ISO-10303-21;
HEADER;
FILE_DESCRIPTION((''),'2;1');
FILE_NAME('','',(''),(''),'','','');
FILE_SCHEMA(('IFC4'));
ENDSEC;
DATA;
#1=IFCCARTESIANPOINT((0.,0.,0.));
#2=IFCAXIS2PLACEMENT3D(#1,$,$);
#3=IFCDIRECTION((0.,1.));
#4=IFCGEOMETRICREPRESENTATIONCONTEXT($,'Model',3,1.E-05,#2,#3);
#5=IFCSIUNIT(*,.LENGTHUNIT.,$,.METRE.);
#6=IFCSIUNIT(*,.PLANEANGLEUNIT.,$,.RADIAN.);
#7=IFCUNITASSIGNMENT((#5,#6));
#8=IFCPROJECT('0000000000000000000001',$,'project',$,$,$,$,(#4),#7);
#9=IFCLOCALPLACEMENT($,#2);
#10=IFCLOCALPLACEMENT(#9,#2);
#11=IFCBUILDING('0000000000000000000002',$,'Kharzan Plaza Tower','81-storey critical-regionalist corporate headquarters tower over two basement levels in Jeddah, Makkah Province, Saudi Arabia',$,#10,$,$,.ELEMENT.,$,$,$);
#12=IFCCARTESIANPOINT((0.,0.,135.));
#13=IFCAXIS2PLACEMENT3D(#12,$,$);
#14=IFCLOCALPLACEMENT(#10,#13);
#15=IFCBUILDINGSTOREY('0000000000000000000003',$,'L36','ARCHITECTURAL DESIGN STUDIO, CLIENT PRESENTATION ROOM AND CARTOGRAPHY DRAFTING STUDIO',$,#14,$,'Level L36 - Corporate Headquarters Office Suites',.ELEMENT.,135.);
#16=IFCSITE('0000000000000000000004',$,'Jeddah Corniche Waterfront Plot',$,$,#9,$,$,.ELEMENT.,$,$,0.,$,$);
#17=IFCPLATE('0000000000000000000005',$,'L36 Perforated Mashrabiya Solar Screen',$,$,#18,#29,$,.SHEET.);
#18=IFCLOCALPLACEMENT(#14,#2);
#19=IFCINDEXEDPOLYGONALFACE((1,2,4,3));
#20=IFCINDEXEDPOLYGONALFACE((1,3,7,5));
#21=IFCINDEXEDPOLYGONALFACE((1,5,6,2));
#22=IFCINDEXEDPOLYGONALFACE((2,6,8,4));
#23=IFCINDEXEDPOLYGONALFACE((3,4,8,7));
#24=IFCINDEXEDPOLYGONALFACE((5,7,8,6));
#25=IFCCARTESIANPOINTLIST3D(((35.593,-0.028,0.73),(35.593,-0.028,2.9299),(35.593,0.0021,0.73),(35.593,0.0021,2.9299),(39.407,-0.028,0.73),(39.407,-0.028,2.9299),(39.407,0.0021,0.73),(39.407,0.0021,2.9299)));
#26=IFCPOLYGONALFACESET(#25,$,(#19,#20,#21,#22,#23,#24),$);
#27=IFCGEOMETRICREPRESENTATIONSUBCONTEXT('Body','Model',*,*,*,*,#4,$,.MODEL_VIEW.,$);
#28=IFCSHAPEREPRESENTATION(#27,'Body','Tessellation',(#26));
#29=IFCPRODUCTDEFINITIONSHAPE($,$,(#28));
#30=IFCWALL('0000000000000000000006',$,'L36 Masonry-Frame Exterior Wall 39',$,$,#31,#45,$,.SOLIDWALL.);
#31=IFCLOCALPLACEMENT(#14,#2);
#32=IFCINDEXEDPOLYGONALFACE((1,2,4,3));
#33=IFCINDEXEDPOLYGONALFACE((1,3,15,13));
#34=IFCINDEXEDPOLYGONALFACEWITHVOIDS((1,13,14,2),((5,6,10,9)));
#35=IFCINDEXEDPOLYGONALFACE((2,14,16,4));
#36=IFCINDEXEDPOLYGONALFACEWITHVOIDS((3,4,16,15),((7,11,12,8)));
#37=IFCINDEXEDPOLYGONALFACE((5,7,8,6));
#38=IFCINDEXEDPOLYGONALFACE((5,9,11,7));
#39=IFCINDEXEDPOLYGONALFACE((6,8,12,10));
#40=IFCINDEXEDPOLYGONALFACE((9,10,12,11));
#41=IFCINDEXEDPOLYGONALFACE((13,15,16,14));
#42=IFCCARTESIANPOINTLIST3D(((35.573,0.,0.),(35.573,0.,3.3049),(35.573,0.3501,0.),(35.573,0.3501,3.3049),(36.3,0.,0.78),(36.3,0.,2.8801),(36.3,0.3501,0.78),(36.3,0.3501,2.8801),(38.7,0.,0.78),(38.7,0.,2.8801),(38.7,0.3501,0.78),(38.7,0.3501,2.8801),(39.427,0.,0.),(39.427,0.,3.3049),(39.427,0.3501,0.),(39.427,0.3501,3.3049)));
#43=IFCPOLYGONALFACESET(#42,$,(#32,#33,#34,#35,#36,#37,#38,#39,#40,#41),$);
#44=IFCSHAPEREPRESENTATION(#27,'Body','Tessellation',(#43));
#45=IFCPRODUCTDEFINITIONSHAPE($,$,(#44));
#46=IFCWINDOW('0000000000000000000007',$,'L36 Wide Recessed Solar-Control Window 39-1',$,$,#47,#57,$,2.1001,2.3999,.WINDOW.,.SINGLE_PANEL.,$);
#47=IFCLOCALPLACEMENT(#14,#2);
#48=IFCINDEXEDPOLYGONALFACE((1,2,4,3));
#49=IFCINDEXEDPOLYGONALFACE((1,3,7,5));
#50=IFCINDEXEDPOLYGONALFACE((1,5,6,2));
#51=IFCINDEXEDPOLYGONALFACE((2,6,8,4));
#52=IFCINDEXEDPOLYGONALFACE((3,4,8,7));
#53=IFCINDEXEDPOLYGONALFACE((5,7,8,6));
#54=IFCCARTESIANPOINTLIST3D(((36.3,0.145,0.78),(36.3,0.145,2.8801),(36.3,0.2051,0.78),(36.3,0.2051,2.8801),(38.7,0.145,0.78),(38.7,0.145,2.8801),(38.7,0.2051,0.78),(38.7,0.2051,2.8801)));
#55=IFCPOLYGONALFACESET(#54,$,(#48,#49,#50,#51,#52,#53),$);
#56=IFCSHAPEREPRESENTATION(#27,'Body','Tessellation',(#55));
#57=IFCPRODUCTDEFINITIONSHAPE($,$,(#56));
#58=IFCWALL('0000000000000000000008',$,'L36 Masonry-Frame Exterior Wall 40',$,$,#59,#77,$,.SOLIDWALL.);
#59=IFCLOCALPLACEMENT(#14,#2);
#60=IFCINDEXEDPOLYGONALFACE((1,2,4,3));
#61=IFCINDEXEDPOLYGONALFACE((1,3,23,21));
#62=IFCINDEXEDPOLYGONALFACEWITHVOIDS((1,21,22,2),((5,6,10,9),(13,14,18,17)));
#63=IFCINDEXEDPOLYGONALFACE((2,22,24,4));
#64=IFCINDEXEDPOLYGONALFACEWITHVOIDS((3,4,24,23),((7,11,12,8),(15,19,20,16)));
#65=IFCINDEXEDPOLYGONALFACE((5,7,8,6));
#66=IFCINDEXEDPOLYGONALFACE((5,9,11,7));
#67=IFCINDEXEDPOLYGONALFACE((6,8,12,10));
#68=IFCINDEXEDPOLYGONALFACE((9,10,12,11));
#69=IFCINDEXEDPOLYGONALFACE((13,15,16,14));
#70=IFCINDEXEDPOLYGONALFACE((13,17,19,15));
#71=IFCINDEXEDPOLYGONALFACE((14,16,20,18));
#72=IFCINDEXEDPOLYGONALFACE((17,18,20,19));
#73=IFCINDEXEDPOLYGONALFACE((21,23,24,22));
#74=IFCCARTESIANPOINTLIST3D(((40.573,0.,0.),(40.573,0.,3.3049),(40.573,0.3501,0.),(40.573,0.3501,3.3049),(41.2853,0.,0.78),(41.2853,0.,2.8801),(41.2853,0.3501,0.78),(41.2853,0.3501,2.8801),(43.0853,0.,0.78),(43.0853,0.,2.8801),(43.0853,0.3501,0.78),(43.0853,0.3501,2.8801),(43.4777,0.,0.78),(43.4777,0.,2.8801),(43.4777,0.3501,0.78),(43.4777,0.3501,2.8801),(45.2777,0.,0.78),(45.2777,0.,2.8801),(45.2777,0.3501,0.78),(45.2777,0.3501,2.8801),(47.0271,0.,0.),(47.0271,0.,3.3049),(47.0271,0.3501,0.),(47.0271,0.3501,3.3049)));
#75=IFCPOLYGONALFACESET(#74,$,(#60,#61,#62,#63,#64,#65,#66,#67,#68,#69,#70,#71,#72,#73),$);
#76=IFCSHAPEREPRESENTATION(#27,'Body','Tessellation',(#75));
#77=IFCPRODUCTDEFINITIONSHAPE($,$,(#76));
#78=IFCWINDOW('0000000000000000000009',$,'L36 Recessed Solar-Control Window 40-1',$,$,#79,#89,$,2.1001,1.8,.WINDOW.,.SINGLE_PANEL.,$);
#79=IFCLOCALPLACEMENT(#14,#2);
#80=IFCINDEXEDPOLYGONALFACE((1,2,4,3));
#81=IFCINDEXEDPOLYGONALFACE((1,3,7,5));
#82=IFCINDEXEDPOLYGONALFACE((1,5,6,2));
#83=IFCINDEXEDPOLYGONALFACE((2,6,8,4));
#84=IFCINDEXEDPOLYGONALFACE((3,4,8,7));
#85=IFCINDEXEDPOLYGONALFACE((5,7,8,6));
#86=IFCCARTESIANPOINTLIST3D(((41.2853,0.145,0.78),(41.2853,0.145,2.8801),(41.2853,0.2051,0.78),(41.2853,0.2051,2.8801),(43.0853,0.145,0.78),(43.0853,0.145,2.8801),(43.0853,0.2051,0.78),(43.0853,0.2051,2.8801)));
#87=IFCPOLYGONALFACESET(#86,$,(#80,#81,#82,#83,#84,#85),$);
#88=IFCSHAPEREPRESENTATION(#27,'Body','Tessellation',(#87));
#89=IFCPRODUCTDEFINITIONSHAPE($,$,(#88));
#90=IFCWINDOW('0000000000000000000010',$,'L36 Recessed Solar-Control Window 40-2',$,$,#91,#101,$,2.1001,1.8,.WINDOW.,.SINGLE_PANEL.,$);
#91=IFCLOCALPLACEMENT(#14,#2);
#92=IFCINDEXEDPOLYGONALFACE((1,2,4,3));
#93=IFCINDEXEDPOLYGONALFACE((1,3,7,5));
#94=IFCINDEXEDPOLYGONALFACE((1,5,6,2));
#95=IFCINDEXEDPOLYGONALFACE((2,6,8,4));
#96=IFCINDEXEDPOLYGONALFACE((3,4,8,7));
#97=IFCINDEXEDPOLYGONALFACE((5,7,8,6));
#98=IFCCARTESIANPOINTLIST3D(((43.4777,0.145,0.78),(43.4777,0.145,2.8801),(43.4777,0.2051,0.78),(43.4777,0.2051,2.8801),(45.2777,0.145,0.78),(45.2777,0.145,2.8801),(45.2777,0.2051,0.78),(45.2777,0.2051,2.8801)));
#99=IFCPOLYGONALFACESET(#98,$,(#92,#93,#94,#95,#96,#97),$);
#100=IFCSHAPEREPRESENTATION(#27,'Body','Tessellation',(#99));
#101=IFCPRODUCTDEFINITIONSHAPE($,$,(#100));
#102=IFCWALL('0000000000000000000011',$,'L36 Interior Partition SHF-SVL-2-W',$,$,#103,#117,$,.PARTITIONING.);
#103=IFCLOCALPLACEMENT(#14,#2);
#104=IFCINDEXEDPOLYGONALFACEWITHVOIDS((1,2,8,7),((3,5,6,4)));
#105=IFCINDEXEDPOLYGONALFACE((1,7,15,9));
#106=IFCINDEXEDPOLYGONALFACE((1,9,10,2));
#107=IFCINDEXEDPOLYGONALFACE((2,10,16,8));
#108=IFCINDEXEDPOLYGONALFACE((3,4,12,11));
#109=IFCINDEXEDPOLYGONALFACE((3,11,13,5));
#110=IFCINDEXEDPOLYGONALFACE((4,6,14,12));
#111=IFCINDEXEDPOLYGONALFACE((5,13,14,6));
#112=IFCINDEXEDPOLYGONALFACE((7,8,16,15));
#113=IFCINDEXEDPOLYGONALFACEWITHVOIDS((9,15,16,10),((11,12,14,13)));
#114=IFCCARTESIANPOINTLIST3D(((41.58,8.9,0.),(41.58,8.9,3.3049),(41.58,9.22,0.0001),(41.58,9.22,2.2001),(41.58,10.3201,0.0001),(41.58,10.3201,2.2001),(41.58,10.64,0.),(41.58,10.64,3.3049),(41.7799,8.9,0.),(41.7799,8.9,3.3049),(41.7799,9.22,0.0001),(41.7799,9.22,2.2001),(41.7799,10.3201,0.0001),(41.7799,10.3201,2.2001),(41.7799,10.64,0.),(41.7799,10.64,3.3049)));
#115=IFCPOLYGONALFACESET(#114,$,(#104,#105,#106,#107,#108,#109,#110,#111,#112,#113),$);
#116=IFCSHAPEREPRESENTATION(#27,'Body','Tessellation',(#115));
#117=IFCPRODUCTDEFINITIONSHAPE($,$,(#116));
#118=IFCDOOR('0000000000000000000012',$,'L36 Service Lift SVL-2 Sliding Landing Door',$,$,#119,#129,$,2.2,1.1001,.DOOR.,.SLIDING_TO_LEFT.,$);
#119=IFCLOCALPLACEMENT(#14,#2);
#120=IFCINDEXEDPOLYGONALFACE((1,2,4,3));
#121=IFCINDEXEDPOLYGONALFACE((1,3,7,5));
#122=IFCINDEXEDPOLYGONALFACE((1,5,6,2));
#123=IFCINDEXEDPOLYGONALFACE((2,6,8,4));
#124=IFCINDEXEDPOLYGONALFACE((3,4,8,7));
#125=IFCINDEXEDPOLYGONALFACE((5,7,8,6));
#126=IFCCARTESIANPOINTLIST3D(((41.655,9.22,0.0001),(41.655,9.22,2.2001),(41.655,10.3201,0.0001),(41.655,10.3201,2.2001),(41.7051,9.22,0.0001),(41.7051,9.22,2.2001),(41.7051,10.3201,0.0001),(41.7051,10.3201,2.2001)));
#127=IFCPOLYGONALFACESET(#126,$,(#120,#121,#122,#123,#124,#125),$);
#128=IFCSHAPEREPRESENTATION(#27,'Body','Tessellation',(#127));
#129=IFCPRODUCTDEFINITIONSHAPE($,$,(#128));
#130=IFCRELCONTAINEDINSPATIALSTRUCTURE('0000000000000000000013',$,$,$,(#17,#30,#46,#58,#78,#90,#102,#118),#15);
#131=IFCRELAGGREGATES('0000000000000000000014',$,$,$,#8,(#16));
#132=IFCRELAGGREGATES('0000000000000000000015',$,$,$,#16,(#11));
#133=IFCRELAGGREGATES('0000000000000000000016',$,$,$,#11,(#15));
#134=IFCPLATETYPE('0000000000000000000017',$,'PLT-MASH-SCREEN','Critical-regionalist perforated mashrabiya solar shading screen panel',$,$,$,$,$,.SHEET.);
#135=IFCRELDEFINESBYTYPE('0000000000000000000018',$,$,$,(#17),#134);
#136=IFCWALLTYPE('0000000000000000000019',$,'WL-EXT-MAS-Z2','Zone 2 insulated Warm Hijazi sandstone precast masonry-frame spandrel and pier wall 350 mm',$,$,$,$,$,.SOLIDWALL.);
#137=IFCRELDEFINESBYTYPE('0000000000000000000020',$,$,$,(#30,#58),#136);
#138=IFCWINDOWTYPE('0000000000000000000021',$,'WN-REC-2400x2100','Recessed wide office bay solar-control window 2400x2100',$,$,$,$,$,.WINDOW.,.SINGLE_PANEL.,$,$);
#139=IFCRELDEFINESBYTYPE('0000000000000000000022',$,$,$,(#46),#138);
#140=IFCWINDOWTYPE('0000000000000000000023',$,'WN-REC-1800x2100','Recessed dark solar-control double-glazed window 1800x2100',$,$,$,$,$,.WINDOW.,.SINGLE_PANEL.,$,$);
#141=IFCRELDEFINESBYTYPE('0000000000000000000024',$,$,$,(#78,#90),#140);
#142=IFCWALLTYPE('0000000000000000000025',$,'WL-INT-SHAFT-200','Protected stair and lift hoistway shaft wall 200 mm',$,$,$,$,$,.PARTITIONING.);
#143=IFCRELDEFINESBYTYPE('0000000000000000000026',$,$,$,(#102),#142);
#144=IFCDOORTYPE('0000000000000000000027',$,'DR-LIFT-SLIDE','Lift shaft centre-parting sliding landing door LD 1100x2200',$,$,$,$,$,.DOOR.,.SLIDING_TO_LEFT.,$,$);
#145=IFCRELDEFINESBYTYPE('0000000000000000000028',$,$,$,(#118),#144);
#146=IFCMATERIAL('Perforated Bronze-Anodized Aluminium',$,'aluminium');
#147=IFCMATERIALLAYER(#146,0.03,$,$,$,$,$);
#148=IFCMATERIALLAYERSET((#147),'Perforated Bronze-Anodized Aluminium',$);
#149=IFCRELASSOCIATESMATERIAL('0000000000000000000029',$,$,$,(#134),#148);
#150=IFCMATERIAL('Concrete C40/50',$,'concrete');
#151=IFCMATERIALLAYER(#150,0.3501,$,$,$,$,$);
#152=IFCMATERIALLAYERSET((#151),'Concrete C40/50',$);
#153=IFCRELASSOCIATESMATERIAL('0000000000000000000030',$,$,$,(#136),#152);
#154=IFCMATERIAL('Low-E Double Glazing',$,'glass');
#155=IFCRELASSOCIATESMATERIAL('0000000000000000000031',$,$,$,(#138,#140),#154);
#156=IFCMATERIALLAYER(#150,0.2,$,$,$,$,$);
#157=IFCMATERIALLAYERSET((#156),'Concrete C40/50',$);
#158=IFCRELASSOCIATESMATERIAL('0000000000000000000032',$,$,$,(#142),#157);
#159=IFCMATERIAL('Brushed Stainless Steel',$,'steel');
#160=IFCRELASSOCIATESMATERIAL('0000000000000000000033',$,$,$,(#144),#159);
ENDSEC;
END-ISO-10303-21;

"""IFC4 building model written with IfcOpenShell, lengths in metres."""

from ifc_helpers import new_model, si_unit, direction, frame, frame_2d, origin, origin_2d, place, context, subcontext, project, spatial, rectangle, extrude, source, transform, mapped, material, layer, layer_set, type_object, element, fill, save


model = new_model("IFC4")

# Units and contexts
model_context = context("Model", 3, precision=1e-05, world=origin(), true_north=direction((0.0, 1.0)))
body_context = subcontext(model_context, "Body", "Model", "MODEL_VIEW")
ifc_project = project(units=[si_unit("LENGTHUNIT", "METRE"), si_unit("PLANEANGLEUNIT", "RADIAN")], contexts=[model_context])

# Site, building, storey
site_placement = place(None, origin())
site = spatial("IfcSite", under=ifc_project, at=site_placement, Name="Jeddah Corniche Waterfront Plot", CompositionType="ELEMENT", RefElevation=0.0)
building_placement = place(site_placement, origin())
building = spatial("IfcBuilding", under=site, at=building_placement, Name="Kharzan Plaza Tower", Description="81-storey critical-regionalist corporate headquarters tower over two basement levels in Jeddah, Makkah Province, Saudi Arabia", CompositionType="ELEMENT")
storey_placement = place(building_placement, frame((0.0, 0.0, 135.0)))
storey = spatial("IfcBuildingStorey", under=building, at=storey_placement, Name="L36", Description="ARCHITECTURAL DESIGN STUDIO, CLIENT PRESENTATION ROOM AND CARTOGRAPHY DRAFTING STUDIO", LongName="Level L36 - Corporate Headquarters Office Suites", CompositionType="ELEMENT", Elevation=135.0)

# Plate
ifc_material_1 = material(Name="Perforated Bronze-Anodized Aluminium", Category="aluminium")
ifc_layer_1 = layer(ifc_material_1, 0.03)
ifc_layer_set_1 = layer_set([ifc_layer_1], Name="Perforated Bronze-Anodized Aluminium")
plate_type = type_object("IfcPlateType", Name="PLT-MASH-SCREEN", Description="Critical-regionalist perforated mashrabiya solar shading screen panel", PredefinedType="SHEET", material=ifc_layer_set_1)
shared_shape_1 = source(origin(), body_context, "Body", "SweptSolid", [
    extrude(rectangle(XDim=3.814, YDim=0.03, at=origin_2d()), origin(), (0.0, 0.0, 1.0), 2.2),
])
plate_placement = place(storey_placement, frame((37.5, -0.0129, 0.73), z_axis=(0.0, 0.0, 1.0), x_axis=(1.0, 0.0, 0.0)))
element("IfcPlate", 1, at=plate_placement, inside=storey, type_object=plate_type, Name="L36 Perforated Mashrabiya Solar Screen", PredefinedType="SHEET", context=body_context, shape_type="MappedRepresentation", body=[
    mapped(shared_shape_1, transform((0.0, 0.0, 0.0), x_axis=(1.0, 0.0, 0.0), y_axis=(0.0, 1.0, 0.0), z_axis=(0.0, 0.0, 1.0))),
])

# Wall, opening, window
ifc_material_2 = material(Name="Concrete C40/50", Category="concrete")
ifc_layer_2 = layer(ifc_material_2, 0.3501)
ifc_layer_set_2 = layer_set([ifc_layer_2], Name="Concrete C40/50")
wall_type_1 = type_object("IfcWallType", Name="WL-EXT-MAS-Z2", Description="Zone 2 insulated Warm Hijazi sandstone precast masonry-frame spandrel and pier wall 350 mm", PredefinedType="SOLIDWALL", material=ifc_layer_set_2)
wall_1_placement = place(storey_placement, frame((35.573, 0.175, 0.0), z_axis=(0.0, 0.0, 1.0), x_axis=(1.0, 0.0, 0.0)))
wall_1 = element("IfcWall", 2, at=wall_1_placement, inside=storey, type_object=wall_type_1, Name="L36 Masonry-Frame Exterior Wall 39", PredefinedType="SOLIDWALL", context=body_context, shape_type="SweptSolid", body=[
    extrude(rectangle(XDim=3.854, YDim=0.3501, at=frame_2d((1.927, 0.0))), origin(), (0.0, 0.0, 1.0), 3.3049),
])
opening_1_placement = place(wall_1_placement, frame((0.7271, 0.0, 0.78)))
opening_1 = element("IfcOpeningElement", 3, at=opening_1_placement, cuts=wall_1, PredefinedType="OPENING", context=body_context, shape_type="SweptSolid", body=[
    extrude(rectangle(XDim=2.3999, YDim=2.1001, at=frame_2d((1.2, 1.05))), frame((0.0, 0.1851, 0.0), z_axis=(0.0, -1.0, 0.0), x_axis=(1.0, 0.0, 0.0)), (0.0, 0.0, 1.0), 0.3701),
])
ifc_material_3 = material(Name="Low-E Double Glazing", Category="glass")
window_type_1 = type_object("IfcWindowType", Name="WN-REC-2400x2100", Description="Recessed wide office bay solar-control window 2400x2100", PartitioningType="SINGLE_PANEL", PredefinedType="WINDOW", material=ifc_material_3)
shared_shape_2 = source(origin(), body_context, "Body", "SweptSolid", [
    extrude(rectangle(XDim=2.3999, YDim=2.1001, at=frame_2d((1.2, 1.05))), frame((0.0, 0.03, 0.0), z_axis=(0.0, -1.0, 0.0), x_axis=(1.0, 0.0, 0.0)), (0.0, 0.0, 1.0), 0.0601),
])
window_1_placement = place(opening_1_placement, origin())
window_1 = element("IfcWindow", 4, at=window_1_placement, inside=storey, type_object=window_type_1, Name="L36 Wide Recessed Solar-Control Window 39-1", OverallHeight=2.1001, OverallWidth=2.3999, PartitioningType="SINGLE_PANEL", PredefinedType="WINDOW", context=body_context, shape_type="MappedRepresentation", body=[
    mapped(shared_shape_2, transform((0.0, 0.0, 0.0), x_axis=(1.0, 0.0, 0.0), y_axis=(0.0, 1.0, 0.0), z_axis=(0.0, 0.0, 1.0))),
])
fill(opening_1, window_1)

# Wall, openings, windows
wall_2_placement = place(storey_placement, frame((40.573, 0.175, 0.0), z_axis=(0.0, 0.0, 1.0), x_axis=(1.0, 0.0, 0.0)))
wall_2 = element("IfcWall", 5, at=wall_2_placement, inside=storey, type_object=wall_type_1, Name="L36 Masonry-Frame Exterior Wall 40", PredefinedType="SOLIDWALL", context=body_context, shape_type="SweptSolid", body=[
    extrude(rectangle(XDim=6.4541, YDim=0.3501, at=frame_2d((3.2271, 0.0))), origin(), (0.0, 0.0, 1.0), 3.3049),
])
opening_2_placement = place(wall_2_placement, frame((0.7124, 0.0, 0.78)))
opening_2 = element("IfcOpeningElement", 6, at=opening_2_placement, cuts=wall_2, PredefinedType="OPENING", context=body_context, shape_type="SweptSolid", body=[
    extrude(rectangle(XDim=1.8, YDim=2.1001, at=frame_2d((0.8999, 1.05))), frame((0.0, 0.1851, 0.0), z_axis=(0.0, -1.0, 0.0), x_axis=(1.0, 0.0, 0.0)), (0.0, 0.0, 1.0), 0.3701),
])
opening_3_placement = place(wall_2_placement, frame((2.9048, 0.0, 0.78)))
opening_3 = element("IfcOpeningElement", 7, at=opening_3_placement, cuts=wall_2, PredefinedType="OPENING", context=body_context, shape_type="SweptSolid", body=[
    extrude(rectangle(XDim=1.8, YDim=2.1001, at=frame_2d((0.8999, 1.05))), frame((0.0, 0.1851, 0.0), z_axis=(0.0, -1.0, 0.0), x_axis=(1.0, 0.0, 0.0)), (0.0, 0.0, 1.0), 0.3701),
])
window_type_2 = type_object("IfcWindowType", Name="WN-REC-1800x2100", Description="Recessed dark solar-control double-glazed window 1800x2100", PartitioningType="SINGLE_PANEL", PredefinedType="WINDOW", material=ifc_material_3)
shared_shape_3 = source(origin(), body_context, "Body", "SweptSolid", [
    extrude(rectangle(XDim=1.8, YDim=2.1001, at=frame_2d((0.8999, 1.05))), frame((0.0, 0.03, 0.0), z_axis=(0.0, -1.0, 0.0), x_axis=(1.0, 0.0, 0.0)), (0.0, 0.0, 1.0), 0.0601),
])
window_2_placement = place(opening_2_placement, origin())
window_2 = element("IfcWindow", 8, at=window_2_placement, inside=storey, type_object=window_type_2, Name="L36 Recessed Solar-Control Window 40-1", OverallHeight=2.1001, OverallWidth=1.8, PartitioningType="SINGLE_PANEL", PredefinedType="WINDOW", context=body_context, shape_type="MappedRepresentation", body=[
    mapped(shared_shape_3, transform((0.0, 0.0, 0.0), x_axis=(1.0, 0.0, 0.0), y_axis=(0.0, 1.0, 0.0), z_axis=(0.0, 0.0, 1.0))),
])
fill(opening_2, window_2)
window_3_placement = place(opening_3_placement, origin())
window_3 = element("IfcWindow", 9, at=window_3_placement, inside=storey, type_object=window_type_2, Name="L36 Recessed Solar-Control Window 40-2", OverallHeight=2.1001, OverallWidth=1.8, PartitioningType="SINGLE_PANEL", PredefinedType="WINDOW", context=body_context, shape_type="MappedRepresentation", body=[
    mapped(shared_shape_3, transform((0.0, 0.0, 0.0), x_axis=(1.0, 0.0, 0.0), y_axis=(0.0, 1.0, 0.0), z_axis=(0.0, 0.0, 1.0))),
])
fill(opening_3, window_3)

# Wall, opening, door
ifc_layer_3 = layer(ifc_material_2, 0.2)
ifc_layer_set_3 = layer_set([ifc_layer_3], Name="Concrete C40/50")
wall_type_2 = type_object("IfcWallType", Name="WL-INT-SHAFT-200", Description="Protected stair and lift hoistway shaft wall 200 mm", PredefinedType="PARTITIONING", material=ifc_layer_set_3)
wall_3_placement = place(storey_placement, frame((41.6799, 8.8999, 0.0), z_axis=(0.0, 0.0, 1.0), x_axis=(0.0, 1.0, 0.0)))
wall_3 = element("IfcWall", 10, at=wall_3_placement, inside=storey, type_object=wall_type_2, Name="L36 Interior Partition SHF-SVL-2-W", PredefinedType="PARTITIONING", context=body_context, shape_type="SweptSolid", body=[
    extrude(rectangle(XDim=1.74, YDim=0.2, at=frame_2d((0.8701, 0.0))), origin(), (0.0, 0.0, 1.0), 3.3049),
])
opening_4_placement = place(wall_3_placement, frame((0.3201, 0.0, 0.0)))
opening_4 = element("IfcOpeningElement", 11, at=opening_4_placement, cuts=wall_3, PredefinedType="OPENING", context=body_context, shape_type="SweptSolid", body=[
    extrude(rectangle(XDim=1.1001, YDim=2.2, at=frame_2d((0.55, 1.1001))), frame((0.0, 0.1099, 0.0), z_axis=(0.0, -1.0, 0.0), x_axis=(1.0, 0.0, 0.0)), (0.0, 0.0, 1.0), 0.22),
])
ifc_material_4 = material(Name="Brushed Stainless Steel", Category="steel")
door_type_1 = type_object("IfcDoorType", Name="DR-LIFT-SLIDE", Description="Lift shaft centre-parting sliding landing door LD 1100x2200", OperationType="SLIDING_TO_LEFT", PredefinedType="DOOR", material=ifc_material_4)
shared_shape_4 = source(origin(), body_context, "Body", "SweptSolid", [
    extrude(rectangle(XDim=1.1001, YDim=2.2, at=frame_2d((0.55, 1.1001))), frame((0.0, 0.0249, 0.0), z_axis=(0.0, -1.0, 0.0), x_axis=(1.0, 0.0, 0.0)), (0.0, 0.0, 1.0), 0.05),
])
door_1_placement = place(opening_4_placement, origin())
door_1 = element("IfcDoor", 12, at=door_1_placement, inside=storey, type_object=door_type_1, Name="L36 Service Lift SVL-2 Sliding Landing Door", OperationType="SLIDING_TO_LEFT", OverallHeight=2.2, OverallWidth=1.1001, PredefinedType="DOOR", context=body_context, shape_type="MappedRepresentation", body=[
    mapped(shared_shape_4, transform((0.0, 0.0, 0.0), x_axis=(1.0, 0.0, 0.0), y_axis=(0.0, 1.0, 0.0), z_axis=(0.0, 0.0, 1.0))),
])
fill(opening_4, door_1)

save(model, "model.ifc")
